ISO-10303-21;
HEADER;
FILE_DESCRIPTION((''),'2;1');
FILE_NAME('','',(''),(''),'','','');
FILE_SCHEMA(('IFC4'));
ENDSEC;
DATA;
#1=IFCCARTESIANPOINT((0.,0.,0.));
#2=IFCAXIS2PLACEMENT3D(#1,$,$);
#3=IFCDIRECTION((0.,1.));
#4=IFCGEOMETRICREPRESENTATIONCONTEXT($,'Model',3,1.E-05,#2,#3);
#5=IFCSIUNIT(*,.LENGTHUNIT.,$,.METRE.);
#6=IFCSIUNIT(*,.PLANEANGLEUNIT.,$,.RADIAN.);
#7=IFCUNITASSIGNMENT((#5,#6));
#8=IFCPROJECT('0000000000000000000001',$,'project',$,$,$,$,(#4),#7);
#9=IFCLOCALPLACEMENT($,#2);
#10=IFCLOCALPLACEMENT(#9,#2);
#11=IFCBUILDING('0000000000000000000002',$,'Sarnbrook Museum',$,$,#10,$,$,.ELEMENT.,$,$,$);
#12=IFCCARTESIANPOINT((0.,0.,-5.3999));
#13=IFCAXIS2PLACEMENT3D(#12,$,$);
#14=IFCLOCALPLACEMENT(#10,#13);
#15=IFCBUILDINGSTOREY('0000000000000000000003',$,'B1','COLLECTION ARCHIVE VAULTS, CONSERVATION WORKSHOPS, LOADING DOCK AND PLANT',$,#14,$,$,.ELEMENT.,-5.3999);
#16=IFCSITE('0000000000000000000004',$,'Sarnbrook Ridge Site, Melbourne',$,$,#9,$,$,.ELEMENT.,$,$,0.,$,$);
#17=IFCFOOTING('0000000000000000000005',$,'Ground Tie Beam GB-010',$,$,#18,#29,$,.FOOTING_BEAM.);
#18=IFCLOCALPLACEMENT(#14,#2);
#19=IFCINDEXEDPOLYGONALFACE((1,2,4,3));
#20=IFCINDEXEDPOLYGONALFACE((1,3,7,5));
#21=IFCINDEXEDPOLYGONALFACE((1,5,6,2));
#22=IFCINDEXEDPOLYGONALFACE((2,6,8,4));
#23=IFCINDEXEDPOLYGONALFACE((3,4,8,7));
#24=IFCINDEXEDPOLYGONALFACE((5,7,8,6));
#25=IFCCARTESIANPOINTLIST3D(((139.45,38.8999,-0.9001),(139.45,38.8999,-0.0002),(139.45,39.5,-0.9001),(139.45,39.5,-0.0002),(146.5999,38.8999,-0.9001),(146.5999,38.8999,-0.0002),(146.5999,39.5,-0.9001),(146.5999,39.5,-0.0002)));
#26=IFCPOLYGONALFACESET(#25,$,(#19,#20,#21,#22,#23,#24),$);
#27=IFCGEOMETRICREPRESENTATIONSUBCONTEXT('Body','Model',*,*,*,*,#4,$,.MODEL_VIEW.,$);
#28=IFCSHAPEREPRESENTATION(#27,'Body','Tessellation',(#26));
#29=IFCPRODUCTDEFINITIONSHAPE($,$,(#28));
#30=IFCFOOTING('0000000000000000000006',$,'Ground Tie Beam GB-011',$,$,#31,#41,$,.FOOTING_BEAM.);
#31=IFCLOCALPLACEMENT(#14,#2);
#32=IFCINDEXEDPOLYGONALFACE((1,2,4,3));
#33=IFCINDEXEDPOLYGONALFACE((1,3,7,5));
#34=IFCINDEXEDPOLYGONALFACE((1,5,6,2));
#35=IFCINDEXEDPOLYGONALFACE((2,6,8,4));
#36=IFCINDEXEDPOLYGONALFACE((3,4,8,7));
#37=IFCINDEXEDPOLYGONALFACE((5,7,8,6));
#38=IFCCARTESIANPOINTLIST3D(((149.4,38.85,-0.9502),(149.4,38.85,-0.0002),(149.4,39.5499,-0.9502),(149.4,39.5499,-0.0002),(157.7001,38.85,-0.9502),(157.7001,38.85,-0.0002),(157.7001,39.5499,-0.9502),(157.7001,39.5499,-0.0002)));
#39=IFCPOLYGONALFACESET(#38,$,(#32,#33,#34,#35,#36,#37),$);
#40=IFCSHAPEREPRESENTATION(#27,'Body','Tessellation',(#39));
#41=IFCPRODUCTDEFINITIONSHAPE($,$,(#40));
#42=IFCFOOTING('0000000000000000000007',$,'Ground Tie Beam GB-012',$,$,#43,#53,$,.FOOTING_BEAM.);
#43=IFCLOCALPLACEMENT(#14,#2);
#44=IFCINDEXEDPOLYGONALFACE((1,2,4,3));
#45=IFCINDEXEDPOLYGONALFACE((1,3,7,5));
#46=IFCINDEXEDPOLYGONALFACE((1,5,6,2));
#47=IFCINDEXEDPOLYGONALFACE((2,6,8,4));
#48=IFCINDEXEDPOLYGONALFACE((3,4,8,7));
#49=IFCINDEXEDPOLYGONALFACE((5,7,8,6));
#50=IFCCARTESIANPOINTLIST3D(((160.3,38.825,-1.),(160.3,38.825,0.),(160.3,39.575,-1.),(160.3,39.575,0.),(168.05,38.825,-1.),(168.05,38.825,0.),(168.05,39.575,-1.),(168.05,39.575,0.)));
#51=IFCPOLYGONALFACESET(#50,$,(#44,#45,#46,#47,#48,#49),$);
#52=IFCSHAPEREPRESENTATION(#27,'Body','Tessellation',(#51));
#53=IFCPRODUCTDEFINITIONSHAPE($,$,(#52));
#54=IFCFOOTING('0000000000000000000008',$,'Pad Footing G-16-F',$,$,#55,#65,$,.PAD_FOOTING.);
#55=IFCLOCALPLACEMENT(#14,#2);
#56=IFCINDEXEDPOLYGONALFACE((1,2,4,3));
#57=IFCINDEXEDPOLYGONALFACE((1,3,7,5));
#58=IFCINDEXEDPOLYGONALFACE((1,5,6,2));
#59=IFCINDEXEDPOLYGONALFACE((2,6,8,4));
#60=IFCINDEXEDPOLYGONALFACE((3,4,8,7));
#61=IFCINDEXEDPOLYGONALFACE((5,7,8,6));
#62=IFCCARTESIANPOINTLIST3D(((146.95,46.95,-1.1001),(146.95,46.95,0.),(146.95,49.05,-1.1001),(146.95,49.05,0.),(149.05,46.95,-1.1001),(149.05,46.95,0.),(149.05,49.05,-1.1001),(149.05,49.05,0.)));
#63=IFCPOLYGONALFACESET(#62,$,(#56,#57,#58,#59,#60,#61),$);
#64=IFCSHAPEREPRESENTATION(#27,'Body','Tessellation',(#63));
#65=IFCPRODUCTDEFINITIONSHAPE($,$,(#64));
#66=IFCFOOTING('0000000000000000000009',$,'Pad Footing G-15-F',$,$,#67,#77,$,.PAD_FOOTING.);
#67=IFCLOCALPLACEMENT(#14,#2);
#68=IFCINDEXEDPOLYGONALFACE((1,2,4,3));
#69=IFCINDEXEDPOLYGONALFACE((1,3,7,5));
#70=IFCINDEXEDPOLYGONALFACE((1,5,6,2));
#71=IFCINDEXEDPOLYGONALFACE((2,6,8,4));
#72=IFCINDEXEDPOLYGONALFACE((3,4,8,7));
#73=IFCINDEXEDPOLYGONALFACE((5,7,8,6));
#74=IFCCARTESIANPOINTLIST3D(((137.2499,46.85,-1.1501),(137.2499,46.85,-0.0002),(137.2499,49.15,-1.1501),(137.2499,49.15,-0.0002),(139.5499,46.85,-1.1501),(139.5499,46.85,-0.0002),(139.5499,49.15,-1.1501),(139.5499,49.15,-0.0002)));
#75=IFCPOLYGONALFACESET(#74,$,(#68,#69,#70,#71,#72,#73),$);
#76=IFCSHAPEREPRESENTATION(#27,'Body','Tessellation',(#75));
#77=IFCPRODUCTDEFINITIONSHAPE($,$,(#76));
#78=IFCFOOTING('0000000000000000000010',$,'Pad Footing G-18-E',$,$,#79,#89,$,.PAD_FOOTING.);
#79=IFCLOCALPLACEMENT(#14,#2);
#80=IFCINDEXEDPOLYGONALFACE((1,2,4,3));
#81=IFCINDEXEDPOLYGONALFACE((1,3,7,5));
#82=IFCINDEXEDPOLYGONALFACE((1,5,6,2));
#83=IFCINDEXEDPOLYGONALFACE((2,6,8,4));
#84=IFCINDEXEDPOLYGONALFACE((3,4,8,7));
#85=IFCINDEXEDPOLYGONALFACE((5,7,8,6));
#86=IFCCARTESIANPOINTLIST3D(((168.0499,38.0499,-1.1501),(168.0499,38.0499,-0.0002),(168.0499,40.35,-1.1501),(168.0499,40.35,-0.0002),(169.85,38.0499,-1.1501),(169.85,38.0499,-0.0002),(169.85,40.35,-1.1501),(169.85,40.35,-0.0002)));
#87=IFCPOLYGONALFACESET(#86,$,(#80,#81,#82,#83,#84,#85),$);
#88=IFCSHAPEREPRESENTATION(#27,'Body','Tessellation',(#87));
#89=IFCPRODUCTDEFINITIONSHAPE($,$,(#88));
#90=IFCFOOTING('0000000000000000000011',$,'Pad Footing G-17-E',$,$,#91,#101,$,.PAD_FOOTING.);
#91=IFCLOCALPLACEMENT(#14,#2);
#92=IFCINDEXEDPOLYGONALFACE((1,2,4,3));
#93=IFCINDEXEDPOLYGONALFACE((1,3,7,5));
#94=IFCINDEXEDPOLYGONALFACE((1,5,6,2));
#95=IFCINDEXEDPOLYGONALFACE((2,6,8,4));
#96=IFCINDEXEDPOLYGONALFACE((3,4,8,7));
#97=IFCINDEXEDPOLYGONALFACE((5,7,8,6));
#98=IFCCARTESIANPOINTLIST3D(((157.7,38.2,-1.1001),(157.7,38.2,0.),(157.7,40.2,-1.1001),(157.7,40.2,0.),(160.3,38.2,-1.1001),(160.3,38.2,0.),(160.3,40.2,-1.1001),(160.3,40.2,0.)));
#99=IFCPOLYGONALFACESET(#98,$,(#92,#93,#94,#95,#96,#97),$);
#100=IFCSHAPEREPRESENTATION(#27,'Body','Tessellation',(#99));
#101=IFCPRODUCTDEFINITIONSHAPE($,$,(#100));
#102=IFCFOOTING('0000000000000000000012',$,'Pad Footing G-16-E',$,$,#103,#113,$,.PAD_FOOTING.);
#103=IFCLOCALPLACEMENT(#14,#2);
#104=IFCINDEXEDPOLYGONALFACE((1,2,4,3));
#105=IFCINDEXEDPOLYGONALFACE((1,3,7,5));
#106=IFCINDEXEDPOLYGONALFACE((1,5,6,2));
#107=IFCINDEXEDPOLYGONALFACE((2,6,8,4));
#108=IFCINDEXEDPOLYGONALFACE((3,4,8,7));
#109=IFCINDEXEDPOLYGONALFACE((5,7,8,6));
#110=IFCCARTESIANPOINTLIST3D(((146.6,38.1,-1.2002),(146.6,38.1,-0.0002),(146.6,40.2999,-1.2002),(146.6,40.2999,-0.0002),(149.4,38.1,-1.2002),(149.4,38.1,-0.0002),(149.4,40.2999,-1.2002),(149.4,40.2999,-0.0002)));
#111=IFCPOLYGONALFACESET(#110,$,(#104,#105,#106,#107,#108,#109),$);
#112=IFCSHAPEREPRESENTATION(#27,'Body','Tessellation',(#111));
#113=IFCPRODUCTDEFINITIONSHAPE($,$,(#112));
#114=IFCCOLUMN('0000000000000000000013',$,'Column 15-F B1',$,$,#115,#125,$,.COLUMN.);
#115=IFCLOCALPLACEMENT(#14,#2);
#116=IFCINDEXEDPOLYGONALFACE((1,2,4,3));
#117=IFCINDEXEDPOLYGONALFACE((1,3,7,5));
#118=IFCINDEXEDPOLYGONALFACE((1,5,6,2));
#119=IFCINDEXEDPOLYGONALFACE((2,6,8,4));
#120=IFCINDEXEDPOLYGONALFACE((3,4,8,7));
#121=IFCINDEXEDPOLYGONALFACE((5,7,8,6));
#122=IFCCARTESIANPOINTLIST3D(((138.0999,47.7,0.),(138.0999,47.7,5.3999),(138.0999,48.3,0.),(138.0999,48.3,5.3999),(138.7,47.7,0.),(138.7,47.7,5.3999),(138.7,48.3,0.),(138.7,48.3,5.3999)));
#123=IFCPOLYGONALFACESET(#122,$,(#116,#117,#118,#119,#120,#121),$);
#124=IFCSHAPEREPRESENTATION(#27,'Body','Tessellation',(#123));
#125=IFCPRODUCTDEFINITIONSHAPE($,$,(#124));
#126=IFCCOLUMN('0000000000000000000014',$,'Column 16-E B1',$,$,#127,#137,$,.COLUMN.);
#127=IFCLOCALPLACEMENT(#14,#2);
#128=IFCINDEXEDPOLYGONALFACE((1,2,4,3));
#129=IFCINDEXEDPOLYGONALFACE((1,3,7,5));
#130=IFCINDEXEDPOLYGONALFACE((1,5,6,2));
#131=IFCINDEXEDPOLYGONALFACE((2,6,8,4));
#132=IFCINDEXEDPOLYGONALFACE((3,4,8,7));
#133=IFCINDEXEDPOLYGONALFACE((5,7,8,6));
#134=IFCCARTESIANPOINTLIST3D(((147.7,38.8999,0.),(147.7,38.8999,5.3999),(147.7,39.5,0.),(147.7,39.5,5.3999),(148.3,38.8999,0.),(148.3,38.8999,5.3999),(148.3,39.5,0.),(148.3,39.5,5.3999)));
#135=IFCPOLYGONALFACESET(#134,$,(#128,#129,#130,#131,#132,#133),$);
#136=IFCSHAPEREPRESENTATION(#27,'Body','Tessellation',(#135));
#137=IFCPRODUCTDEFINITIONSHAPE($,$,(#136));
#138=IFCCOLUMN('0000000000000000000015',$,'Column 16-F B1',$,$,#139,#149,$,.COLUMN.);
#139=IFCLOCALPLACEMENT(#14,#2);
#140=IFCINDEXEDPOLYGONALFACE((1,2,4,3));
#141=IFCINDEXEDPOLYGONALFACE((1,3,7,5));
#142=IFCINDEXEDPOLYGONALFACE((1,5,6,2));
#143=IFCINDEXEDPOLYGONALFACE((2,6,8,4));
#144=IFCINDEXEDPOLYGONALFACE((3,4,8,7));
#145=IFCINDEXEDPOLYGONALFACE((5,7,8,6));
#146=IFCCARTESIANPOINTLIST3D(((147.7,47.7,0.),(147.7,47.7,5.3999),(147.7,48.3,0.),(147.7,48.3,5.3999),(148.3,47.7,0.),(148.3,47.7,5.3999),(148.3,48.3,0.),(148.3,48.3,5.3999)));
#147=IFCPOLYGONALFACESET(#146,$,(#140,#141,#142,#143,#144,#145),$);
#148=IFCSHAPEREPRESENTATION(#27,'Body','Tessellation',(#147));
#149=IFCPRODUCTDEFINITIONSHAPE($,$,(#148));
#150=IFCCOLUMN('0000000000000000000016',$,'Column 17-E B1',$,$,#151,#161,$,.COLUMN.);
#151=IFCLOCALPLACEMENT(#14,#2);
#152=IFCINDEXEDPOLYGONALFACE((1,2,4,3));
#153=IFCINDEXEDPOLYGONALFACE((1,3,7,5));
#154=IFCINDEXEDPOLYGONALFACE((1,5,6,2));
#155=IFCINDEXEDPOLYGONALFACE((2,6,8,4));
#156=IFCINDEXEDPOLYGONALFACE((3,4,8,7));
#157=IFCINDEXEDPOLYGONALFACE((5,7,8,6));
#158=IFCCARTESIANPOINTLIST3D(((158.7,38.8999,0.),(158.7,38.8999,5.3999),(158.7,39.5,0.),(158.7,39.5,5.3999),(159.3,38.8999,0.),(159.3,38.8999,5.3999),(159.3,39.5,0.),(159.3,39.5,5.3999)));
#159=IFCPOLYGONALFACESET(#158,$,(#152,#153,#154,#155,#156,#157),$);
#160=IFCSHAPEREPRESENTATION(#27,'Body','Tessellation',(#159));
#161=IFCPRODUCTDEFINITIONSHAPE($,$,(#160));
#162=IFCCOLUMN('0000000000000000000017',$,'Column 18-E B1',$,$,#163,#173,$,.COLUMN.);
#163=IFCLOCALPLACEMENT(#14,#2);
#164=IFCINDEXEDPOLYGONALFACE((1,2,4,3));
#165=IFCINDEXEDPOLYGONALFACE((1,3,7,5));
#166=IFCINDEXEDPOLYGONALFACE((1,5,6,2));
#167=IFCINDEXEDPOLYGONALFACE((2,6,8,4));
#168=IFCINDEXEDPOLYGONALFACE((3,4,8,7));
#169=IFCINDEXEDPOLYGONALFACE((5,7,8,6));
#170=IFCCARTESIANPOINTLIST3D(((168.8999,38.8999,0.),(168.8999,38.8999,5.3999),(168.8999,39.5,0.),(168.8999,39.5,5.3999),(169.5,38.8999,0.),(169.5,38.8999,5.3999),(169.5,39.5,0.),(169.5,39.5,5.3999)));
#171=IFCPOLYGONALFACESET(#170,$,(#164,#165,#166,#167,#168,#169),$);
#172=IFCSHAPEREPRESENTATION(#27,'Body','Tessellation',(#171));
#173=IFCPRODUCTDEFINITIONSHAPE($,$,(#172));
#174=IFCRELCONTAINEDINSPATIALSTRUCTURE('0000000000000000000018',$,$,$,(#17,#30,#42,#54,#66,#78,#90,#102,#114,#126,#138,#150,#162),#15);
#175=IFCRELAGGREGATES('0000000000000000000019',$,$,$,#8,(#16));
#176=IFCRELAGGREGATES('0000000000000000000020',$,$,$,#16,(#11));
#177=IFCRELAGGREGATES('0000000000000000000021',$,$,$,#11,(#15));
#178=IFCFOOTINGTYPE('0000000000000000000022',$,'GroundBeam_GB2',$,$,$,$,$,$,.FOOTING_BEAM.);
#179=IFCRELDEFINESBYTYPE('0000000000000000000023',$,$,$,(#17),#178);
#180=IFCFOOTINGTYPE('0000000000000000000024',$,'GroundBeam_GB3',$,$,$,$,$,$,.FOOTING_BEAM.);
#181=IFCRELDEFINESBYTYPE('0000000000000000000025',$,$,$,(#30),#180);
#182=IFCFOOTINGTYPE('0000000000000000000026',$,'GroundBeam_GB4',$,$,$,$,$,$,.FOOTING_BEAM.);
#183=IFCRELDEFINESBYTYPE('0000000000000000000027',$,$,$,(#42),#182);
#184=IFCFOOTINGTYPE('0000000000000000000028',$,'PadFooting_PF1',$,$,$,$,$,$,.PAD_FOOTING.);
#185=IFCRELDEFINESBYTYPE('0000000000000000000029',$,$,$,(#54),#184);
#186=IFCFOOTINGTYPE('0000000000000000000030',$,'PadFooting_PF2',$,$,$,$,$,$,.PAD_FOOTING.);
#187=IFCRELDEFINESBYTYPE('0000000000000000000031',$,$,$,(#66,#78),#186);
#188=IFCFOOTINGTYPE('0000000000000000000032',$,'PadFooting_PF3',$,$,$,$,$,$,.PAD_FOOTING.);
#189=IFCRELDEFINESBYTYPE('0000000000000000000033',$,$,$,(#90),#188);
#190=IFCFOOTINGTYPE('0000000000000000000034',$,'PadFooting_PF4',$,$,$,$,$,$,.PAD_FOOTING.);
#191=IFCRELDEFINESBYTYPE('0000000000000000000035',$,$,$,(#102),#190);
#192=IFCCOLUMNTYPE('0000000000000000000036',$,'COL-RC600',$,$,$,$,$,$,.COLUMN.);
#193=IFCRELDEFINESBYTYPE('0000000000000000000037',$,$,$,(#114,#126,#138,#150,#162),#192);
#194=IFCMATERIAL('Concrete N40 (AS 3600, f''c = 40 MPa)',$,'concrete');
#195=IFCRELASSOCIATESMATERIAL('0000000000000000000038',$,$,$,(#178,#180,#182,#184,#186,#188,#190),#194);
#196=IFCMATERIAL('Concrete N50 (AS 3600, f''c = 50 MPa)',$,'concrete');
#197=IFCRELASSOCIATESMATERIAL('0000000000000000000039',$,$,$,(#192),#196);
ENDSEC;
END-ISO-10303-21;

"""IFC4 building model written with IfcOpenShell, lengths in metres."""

from ifc_helpers import new_model, si_unit, direction, frame, origin, origin_2d, place, context, subcontext, project, spatial, rectangle, extrude, material, material_profile, profile_set, type_object, element, save


model = new_model("IFC4")

# Units and contexts
model_context = context("Model", 3, precision=1e-05, world=origin(), true_north=direction((0.0, 1.0)))
body_context = subcontext(model_context, "Body", "Model", "MODEL_VIEW")
ifc_project = project(units=[si_unit("LENGTHUNIT", "METRE"), si_unit("PLANEANGLEUNIT", "RADIAN")], contexts=[model_context])

# Site, building, storey
site_placement = place(None, origin())
site = spatial("IfcSite", under=ifc_project, at=site_placement, Name="Sarnbrook Ridge Site, Melbourne", CompositionType="ELEMENT", RefElevation=0.0)
building_placement = place(site_placement, origin())
building = spatial("IfcBuilding", under=site, at=building_placement, Name="Sarnbrook Museum", CompositionType="ELEMENT")
storey_placement = place(building_placement, frame((0.0, 0.0, -5.3999)))
storey = spatial("IfcBuildingStorey", under=building, at=storey_placement, Name="B1", Description="COLLECTION ARCHIVE VAULTS, CONSERVATION WORKSHOPS, LOADING DOCK AND PLANT", CompositionType="ELEMENT", Elevation=-5.3999)

# Footings
ifc_material_1 = material(Name="Concrete N40 (AS 3600, f'c = 40 MPa)", Category="concrete")
footing_type_1 = type_object("IfcFootingType", Name="GroundBeam_GB2", PredefinedType="FOOTING_BEAM", material=ifc_material_1)
footing_1_placement = place(storey_placement, frame((143.0249, 39.2, -0.9001), z_axis=(0.0, 0.0, 1.0), x_axis=(1.0, 0.0, 0.0)))
element("IfcFooting", 1, at=footing_1_placement, inside=storey, type_object=footing_type_1, Name="Ground Tie Beam GB-010", PredefinedType="FOOTING_BEAM", context=body_context, shape_type="SweptSolid", body=[
    extrude(rectangle(XDim=7.1499, YDim=0.6001, at=origin_2d()), origin(), (0.0, 0.0, 1.0), 0.8999),
])
footing_type_2 = type_object("IfcFootingType", Name="GroundBeam_GB3", PredefinedType="FOOTING_BEAM", material=ifc_material_1)
footing_2_placement = place(storey_placement, frame((153.55, 39.2, -0.9502), z_axis=(0.0, 0.0, 1.0), x_axis=(1.0, 0.0, 0.0)))
element("IfcFooting", 2, at=footing_2_placement, inside=storey, type_object=footing_type_2, Name="Ground Tie Beam GB-011", PredefinedType="FOOTING_BEAM", context=body_context, shape_type="SweptSolid", body=[
    extrude(rectangle(XDim=8.3, YDim=0.7, at=origin_2d()), origin(), (0.0, 0.0, 1.0), 0.95),
])
footing_type_3 = type_object("IfcFootingType", Name="GroundBeam_GB4", PredefinedType="FOOTING_BEAM", material=ifc_material_1)
footing_3_placement = place(storey_placement, frame((164.175, 39.2, -1.0), z_axis=(0.0, 0.0, 1.0), x_axis=(1.0, 0.0, 0.0)))
element("IfcFooting", 3, at=footing_3_placement, inside=storey, type_object=footing_type_3, Name="Ground Tie Beam GB-012", PredefinedType="FOOTING_BEAM", context=body_context, shape_type="SweptSolid", body=[
    extrude(rectangle(XDim=7.75, YDim=0.75, at=origin_2d()), origin(), (0.0, 0.0, 1.0), 1.0),
])
footing_type_4 = type_object("IfcFootingType", Name="PadFooting_PF1", PredefinedType="PAD_FOOTING", material=ifc_material_1)
footing_4_placement = place(storey_placement, frame((148.0, 48.0, -1.1001), z_axis=(0.0, 0.0, 1.0), x_axis=(1.0, 0.0, 0.0)))
element("IfcFooting", 4, at=footing_4_placement, inside=storey, type_object=footing_type_4, Name="Pad Footing G-16-F", PredefinedType="PAD_FOOTING", context=body_context, shape_type="SweptSolid", body=[
    extrude(rectangle(XDim=2.1001, YDim=2.1001, at=origin_2d()), origin(), (0.0, 0.0, 1.0), 1.1001),
])
footing_type_5 = type_object("IfcFootingType", Name="PadFooting_PF2", PredefinedType="PAD_FOOTING", material=ifc_material_1)
footing_5_placement = place(storey_placement, frame((138.3999, 48.0, -1.1501), z_axis=(0.0, 0.0, 1.0), x_axis=(1.0, 0.0, 0.0)))
element("IfcFooting", 5, at=footing_5_placement, inside=storey, type_object=footing_type_5, Name="Pad Footing G-15-F", PredefinedType="PAD_FOOTING", context=body_context, shape_type="SweptSolid", body=[
    extrude(rectangle(XDim=2.3, YDim=2.3, at=origin_2d()), origin(), (0.0, 0.0, 1.0), 1.1499),
])
footing_6_placement = place(storey_placement, frame((168.95, 39.2, -1.1501), z_axis=(0.0, 0.0, 1.0), x_axis=(1.0, 0.0, 0.0)))
element("IfcFooting", 6, at=footing_6_placement, inside=storey, type_object=footing_type_5, Name="Pad Footing G-18-E", PredefinedType="PAD_FOOTING", context=body_context, shape_type="SweptSolid", body=[
    extrude(rectangle(XDim=1.8, YDim=2.3, at=origin_2d()), origin(), (0.0, 0.0, 1.0), 1.1499),
])
footing_type_6 = type_object("IfcFootingType", Name="PadFooting_PF3", PredefinedType="PAD_FOOTING", material=ifc_material_1)
footing_7_placement = place(storey_placement, frame((159.0, 39.2, -1.1001), z_axis=(0.0, 0.0, 1.0), x_axis=(1.0, 0.0, 0.0)))
element("IfcFooting", 7, at=footing_7_placement, inside=storey, type_object=footing_type_6, Name="Pad Footing G-17-E", PredefinedType="PAD_FOOTING", context=body_context, shape_type="SweptSolid", body=[
    extrude(rectangle(XDim=2.6001, YDim=2.0, at=origin_2d()), origin(), (0.0, 0.0, 1.0), 1.1001),
])
footing_type_7 = type_object("IfcFootingType", Name="PadFooting_PF4", PredefinedType="PAD_FOOTING", material=ifc_material_1)
footing_8_placement = place(storey_placement, frame((148.0, 39.2, -1.2002), z_axis=(0.0, 0.0, 1.0), x_axis=(1.0, 0.0, 0.0)))
element("IfcFooting", 8, at=footing_8_placement, inside=storey, type_object=footing_type_7, Name="Pad Footing G-16-E", PredefinedType="PAD_FOOTING", context=body_context, shape_type="SweptSolid", body=[
    extrude(rectangle(XDim=2.8, YDim=2.2, at=origin_2d()), origin(), (0.0, 0.0, 1.0), 1.2),
])

# Columns
ifc_material_2 = material(Name="Concrete N50 (AS 3600, f'c = 50 MPa)", Category="concrete")
ifc_material_profile_1 = material_profile(ifc_material_2, rectangle(XDim=0.6001, YDim=0.6001, at=origin_2d()), Name="RC 600x600")
ifc_profile_set_1 = profile_set([ifc_material_profile_1], Name="Concrete N50 (AS 3600, f'c = 50 MPa)")
column_type = type_object("IfcColumnType", Name="COL-RC600", PredefinedType="COLUMN", material=ifc_profile_set_1)
for number, where, z_axis, x_axis, name in (
    (9, (138.3999, 48.0, 0.0), (0.0, 0.0, 1.0), (1.0, 0.0, 0.0), "Column 15-F B1"),
    (10, (148.0, 39.2, 0.0), (0.0, 0.0, 1.0), (1.0, 0.0, 0.0), "Column 16-E B1"),
    (11, (148.0, 48.0, 0.0), (0.0, 0.0, 1.0), (1.0, 0.0, 0.0), "Column 16-F B1"),
    (12, (159.0, 39.2, 0.0), (0.0, 0.0, 1.0), (1.0, 0.0, 0.0), "Column 17-E B1"),
    (13, (169.2, 39.2, 0.0), (0.0, 0.0, 1.0), (1.0, 0.0, 0.0), "Column 18-E B1"),
):
    element("IfcColumn", number, at=place(storey_placement, frame(where, z_axis=z_axis, x_axis=x_axis)), inside=storey, type_object=column_type, Name=name, PredefinedType="COLUMN", context=body_context, shape_type="SweptSolid", body=[
        extrude(rectangle(XDim=0.6001, YDim=0.6001, at=origin_2d()), origin(), (0.0, 0.0, 1.0), 5.3999),
    ])

save(model, "model.ifc")
